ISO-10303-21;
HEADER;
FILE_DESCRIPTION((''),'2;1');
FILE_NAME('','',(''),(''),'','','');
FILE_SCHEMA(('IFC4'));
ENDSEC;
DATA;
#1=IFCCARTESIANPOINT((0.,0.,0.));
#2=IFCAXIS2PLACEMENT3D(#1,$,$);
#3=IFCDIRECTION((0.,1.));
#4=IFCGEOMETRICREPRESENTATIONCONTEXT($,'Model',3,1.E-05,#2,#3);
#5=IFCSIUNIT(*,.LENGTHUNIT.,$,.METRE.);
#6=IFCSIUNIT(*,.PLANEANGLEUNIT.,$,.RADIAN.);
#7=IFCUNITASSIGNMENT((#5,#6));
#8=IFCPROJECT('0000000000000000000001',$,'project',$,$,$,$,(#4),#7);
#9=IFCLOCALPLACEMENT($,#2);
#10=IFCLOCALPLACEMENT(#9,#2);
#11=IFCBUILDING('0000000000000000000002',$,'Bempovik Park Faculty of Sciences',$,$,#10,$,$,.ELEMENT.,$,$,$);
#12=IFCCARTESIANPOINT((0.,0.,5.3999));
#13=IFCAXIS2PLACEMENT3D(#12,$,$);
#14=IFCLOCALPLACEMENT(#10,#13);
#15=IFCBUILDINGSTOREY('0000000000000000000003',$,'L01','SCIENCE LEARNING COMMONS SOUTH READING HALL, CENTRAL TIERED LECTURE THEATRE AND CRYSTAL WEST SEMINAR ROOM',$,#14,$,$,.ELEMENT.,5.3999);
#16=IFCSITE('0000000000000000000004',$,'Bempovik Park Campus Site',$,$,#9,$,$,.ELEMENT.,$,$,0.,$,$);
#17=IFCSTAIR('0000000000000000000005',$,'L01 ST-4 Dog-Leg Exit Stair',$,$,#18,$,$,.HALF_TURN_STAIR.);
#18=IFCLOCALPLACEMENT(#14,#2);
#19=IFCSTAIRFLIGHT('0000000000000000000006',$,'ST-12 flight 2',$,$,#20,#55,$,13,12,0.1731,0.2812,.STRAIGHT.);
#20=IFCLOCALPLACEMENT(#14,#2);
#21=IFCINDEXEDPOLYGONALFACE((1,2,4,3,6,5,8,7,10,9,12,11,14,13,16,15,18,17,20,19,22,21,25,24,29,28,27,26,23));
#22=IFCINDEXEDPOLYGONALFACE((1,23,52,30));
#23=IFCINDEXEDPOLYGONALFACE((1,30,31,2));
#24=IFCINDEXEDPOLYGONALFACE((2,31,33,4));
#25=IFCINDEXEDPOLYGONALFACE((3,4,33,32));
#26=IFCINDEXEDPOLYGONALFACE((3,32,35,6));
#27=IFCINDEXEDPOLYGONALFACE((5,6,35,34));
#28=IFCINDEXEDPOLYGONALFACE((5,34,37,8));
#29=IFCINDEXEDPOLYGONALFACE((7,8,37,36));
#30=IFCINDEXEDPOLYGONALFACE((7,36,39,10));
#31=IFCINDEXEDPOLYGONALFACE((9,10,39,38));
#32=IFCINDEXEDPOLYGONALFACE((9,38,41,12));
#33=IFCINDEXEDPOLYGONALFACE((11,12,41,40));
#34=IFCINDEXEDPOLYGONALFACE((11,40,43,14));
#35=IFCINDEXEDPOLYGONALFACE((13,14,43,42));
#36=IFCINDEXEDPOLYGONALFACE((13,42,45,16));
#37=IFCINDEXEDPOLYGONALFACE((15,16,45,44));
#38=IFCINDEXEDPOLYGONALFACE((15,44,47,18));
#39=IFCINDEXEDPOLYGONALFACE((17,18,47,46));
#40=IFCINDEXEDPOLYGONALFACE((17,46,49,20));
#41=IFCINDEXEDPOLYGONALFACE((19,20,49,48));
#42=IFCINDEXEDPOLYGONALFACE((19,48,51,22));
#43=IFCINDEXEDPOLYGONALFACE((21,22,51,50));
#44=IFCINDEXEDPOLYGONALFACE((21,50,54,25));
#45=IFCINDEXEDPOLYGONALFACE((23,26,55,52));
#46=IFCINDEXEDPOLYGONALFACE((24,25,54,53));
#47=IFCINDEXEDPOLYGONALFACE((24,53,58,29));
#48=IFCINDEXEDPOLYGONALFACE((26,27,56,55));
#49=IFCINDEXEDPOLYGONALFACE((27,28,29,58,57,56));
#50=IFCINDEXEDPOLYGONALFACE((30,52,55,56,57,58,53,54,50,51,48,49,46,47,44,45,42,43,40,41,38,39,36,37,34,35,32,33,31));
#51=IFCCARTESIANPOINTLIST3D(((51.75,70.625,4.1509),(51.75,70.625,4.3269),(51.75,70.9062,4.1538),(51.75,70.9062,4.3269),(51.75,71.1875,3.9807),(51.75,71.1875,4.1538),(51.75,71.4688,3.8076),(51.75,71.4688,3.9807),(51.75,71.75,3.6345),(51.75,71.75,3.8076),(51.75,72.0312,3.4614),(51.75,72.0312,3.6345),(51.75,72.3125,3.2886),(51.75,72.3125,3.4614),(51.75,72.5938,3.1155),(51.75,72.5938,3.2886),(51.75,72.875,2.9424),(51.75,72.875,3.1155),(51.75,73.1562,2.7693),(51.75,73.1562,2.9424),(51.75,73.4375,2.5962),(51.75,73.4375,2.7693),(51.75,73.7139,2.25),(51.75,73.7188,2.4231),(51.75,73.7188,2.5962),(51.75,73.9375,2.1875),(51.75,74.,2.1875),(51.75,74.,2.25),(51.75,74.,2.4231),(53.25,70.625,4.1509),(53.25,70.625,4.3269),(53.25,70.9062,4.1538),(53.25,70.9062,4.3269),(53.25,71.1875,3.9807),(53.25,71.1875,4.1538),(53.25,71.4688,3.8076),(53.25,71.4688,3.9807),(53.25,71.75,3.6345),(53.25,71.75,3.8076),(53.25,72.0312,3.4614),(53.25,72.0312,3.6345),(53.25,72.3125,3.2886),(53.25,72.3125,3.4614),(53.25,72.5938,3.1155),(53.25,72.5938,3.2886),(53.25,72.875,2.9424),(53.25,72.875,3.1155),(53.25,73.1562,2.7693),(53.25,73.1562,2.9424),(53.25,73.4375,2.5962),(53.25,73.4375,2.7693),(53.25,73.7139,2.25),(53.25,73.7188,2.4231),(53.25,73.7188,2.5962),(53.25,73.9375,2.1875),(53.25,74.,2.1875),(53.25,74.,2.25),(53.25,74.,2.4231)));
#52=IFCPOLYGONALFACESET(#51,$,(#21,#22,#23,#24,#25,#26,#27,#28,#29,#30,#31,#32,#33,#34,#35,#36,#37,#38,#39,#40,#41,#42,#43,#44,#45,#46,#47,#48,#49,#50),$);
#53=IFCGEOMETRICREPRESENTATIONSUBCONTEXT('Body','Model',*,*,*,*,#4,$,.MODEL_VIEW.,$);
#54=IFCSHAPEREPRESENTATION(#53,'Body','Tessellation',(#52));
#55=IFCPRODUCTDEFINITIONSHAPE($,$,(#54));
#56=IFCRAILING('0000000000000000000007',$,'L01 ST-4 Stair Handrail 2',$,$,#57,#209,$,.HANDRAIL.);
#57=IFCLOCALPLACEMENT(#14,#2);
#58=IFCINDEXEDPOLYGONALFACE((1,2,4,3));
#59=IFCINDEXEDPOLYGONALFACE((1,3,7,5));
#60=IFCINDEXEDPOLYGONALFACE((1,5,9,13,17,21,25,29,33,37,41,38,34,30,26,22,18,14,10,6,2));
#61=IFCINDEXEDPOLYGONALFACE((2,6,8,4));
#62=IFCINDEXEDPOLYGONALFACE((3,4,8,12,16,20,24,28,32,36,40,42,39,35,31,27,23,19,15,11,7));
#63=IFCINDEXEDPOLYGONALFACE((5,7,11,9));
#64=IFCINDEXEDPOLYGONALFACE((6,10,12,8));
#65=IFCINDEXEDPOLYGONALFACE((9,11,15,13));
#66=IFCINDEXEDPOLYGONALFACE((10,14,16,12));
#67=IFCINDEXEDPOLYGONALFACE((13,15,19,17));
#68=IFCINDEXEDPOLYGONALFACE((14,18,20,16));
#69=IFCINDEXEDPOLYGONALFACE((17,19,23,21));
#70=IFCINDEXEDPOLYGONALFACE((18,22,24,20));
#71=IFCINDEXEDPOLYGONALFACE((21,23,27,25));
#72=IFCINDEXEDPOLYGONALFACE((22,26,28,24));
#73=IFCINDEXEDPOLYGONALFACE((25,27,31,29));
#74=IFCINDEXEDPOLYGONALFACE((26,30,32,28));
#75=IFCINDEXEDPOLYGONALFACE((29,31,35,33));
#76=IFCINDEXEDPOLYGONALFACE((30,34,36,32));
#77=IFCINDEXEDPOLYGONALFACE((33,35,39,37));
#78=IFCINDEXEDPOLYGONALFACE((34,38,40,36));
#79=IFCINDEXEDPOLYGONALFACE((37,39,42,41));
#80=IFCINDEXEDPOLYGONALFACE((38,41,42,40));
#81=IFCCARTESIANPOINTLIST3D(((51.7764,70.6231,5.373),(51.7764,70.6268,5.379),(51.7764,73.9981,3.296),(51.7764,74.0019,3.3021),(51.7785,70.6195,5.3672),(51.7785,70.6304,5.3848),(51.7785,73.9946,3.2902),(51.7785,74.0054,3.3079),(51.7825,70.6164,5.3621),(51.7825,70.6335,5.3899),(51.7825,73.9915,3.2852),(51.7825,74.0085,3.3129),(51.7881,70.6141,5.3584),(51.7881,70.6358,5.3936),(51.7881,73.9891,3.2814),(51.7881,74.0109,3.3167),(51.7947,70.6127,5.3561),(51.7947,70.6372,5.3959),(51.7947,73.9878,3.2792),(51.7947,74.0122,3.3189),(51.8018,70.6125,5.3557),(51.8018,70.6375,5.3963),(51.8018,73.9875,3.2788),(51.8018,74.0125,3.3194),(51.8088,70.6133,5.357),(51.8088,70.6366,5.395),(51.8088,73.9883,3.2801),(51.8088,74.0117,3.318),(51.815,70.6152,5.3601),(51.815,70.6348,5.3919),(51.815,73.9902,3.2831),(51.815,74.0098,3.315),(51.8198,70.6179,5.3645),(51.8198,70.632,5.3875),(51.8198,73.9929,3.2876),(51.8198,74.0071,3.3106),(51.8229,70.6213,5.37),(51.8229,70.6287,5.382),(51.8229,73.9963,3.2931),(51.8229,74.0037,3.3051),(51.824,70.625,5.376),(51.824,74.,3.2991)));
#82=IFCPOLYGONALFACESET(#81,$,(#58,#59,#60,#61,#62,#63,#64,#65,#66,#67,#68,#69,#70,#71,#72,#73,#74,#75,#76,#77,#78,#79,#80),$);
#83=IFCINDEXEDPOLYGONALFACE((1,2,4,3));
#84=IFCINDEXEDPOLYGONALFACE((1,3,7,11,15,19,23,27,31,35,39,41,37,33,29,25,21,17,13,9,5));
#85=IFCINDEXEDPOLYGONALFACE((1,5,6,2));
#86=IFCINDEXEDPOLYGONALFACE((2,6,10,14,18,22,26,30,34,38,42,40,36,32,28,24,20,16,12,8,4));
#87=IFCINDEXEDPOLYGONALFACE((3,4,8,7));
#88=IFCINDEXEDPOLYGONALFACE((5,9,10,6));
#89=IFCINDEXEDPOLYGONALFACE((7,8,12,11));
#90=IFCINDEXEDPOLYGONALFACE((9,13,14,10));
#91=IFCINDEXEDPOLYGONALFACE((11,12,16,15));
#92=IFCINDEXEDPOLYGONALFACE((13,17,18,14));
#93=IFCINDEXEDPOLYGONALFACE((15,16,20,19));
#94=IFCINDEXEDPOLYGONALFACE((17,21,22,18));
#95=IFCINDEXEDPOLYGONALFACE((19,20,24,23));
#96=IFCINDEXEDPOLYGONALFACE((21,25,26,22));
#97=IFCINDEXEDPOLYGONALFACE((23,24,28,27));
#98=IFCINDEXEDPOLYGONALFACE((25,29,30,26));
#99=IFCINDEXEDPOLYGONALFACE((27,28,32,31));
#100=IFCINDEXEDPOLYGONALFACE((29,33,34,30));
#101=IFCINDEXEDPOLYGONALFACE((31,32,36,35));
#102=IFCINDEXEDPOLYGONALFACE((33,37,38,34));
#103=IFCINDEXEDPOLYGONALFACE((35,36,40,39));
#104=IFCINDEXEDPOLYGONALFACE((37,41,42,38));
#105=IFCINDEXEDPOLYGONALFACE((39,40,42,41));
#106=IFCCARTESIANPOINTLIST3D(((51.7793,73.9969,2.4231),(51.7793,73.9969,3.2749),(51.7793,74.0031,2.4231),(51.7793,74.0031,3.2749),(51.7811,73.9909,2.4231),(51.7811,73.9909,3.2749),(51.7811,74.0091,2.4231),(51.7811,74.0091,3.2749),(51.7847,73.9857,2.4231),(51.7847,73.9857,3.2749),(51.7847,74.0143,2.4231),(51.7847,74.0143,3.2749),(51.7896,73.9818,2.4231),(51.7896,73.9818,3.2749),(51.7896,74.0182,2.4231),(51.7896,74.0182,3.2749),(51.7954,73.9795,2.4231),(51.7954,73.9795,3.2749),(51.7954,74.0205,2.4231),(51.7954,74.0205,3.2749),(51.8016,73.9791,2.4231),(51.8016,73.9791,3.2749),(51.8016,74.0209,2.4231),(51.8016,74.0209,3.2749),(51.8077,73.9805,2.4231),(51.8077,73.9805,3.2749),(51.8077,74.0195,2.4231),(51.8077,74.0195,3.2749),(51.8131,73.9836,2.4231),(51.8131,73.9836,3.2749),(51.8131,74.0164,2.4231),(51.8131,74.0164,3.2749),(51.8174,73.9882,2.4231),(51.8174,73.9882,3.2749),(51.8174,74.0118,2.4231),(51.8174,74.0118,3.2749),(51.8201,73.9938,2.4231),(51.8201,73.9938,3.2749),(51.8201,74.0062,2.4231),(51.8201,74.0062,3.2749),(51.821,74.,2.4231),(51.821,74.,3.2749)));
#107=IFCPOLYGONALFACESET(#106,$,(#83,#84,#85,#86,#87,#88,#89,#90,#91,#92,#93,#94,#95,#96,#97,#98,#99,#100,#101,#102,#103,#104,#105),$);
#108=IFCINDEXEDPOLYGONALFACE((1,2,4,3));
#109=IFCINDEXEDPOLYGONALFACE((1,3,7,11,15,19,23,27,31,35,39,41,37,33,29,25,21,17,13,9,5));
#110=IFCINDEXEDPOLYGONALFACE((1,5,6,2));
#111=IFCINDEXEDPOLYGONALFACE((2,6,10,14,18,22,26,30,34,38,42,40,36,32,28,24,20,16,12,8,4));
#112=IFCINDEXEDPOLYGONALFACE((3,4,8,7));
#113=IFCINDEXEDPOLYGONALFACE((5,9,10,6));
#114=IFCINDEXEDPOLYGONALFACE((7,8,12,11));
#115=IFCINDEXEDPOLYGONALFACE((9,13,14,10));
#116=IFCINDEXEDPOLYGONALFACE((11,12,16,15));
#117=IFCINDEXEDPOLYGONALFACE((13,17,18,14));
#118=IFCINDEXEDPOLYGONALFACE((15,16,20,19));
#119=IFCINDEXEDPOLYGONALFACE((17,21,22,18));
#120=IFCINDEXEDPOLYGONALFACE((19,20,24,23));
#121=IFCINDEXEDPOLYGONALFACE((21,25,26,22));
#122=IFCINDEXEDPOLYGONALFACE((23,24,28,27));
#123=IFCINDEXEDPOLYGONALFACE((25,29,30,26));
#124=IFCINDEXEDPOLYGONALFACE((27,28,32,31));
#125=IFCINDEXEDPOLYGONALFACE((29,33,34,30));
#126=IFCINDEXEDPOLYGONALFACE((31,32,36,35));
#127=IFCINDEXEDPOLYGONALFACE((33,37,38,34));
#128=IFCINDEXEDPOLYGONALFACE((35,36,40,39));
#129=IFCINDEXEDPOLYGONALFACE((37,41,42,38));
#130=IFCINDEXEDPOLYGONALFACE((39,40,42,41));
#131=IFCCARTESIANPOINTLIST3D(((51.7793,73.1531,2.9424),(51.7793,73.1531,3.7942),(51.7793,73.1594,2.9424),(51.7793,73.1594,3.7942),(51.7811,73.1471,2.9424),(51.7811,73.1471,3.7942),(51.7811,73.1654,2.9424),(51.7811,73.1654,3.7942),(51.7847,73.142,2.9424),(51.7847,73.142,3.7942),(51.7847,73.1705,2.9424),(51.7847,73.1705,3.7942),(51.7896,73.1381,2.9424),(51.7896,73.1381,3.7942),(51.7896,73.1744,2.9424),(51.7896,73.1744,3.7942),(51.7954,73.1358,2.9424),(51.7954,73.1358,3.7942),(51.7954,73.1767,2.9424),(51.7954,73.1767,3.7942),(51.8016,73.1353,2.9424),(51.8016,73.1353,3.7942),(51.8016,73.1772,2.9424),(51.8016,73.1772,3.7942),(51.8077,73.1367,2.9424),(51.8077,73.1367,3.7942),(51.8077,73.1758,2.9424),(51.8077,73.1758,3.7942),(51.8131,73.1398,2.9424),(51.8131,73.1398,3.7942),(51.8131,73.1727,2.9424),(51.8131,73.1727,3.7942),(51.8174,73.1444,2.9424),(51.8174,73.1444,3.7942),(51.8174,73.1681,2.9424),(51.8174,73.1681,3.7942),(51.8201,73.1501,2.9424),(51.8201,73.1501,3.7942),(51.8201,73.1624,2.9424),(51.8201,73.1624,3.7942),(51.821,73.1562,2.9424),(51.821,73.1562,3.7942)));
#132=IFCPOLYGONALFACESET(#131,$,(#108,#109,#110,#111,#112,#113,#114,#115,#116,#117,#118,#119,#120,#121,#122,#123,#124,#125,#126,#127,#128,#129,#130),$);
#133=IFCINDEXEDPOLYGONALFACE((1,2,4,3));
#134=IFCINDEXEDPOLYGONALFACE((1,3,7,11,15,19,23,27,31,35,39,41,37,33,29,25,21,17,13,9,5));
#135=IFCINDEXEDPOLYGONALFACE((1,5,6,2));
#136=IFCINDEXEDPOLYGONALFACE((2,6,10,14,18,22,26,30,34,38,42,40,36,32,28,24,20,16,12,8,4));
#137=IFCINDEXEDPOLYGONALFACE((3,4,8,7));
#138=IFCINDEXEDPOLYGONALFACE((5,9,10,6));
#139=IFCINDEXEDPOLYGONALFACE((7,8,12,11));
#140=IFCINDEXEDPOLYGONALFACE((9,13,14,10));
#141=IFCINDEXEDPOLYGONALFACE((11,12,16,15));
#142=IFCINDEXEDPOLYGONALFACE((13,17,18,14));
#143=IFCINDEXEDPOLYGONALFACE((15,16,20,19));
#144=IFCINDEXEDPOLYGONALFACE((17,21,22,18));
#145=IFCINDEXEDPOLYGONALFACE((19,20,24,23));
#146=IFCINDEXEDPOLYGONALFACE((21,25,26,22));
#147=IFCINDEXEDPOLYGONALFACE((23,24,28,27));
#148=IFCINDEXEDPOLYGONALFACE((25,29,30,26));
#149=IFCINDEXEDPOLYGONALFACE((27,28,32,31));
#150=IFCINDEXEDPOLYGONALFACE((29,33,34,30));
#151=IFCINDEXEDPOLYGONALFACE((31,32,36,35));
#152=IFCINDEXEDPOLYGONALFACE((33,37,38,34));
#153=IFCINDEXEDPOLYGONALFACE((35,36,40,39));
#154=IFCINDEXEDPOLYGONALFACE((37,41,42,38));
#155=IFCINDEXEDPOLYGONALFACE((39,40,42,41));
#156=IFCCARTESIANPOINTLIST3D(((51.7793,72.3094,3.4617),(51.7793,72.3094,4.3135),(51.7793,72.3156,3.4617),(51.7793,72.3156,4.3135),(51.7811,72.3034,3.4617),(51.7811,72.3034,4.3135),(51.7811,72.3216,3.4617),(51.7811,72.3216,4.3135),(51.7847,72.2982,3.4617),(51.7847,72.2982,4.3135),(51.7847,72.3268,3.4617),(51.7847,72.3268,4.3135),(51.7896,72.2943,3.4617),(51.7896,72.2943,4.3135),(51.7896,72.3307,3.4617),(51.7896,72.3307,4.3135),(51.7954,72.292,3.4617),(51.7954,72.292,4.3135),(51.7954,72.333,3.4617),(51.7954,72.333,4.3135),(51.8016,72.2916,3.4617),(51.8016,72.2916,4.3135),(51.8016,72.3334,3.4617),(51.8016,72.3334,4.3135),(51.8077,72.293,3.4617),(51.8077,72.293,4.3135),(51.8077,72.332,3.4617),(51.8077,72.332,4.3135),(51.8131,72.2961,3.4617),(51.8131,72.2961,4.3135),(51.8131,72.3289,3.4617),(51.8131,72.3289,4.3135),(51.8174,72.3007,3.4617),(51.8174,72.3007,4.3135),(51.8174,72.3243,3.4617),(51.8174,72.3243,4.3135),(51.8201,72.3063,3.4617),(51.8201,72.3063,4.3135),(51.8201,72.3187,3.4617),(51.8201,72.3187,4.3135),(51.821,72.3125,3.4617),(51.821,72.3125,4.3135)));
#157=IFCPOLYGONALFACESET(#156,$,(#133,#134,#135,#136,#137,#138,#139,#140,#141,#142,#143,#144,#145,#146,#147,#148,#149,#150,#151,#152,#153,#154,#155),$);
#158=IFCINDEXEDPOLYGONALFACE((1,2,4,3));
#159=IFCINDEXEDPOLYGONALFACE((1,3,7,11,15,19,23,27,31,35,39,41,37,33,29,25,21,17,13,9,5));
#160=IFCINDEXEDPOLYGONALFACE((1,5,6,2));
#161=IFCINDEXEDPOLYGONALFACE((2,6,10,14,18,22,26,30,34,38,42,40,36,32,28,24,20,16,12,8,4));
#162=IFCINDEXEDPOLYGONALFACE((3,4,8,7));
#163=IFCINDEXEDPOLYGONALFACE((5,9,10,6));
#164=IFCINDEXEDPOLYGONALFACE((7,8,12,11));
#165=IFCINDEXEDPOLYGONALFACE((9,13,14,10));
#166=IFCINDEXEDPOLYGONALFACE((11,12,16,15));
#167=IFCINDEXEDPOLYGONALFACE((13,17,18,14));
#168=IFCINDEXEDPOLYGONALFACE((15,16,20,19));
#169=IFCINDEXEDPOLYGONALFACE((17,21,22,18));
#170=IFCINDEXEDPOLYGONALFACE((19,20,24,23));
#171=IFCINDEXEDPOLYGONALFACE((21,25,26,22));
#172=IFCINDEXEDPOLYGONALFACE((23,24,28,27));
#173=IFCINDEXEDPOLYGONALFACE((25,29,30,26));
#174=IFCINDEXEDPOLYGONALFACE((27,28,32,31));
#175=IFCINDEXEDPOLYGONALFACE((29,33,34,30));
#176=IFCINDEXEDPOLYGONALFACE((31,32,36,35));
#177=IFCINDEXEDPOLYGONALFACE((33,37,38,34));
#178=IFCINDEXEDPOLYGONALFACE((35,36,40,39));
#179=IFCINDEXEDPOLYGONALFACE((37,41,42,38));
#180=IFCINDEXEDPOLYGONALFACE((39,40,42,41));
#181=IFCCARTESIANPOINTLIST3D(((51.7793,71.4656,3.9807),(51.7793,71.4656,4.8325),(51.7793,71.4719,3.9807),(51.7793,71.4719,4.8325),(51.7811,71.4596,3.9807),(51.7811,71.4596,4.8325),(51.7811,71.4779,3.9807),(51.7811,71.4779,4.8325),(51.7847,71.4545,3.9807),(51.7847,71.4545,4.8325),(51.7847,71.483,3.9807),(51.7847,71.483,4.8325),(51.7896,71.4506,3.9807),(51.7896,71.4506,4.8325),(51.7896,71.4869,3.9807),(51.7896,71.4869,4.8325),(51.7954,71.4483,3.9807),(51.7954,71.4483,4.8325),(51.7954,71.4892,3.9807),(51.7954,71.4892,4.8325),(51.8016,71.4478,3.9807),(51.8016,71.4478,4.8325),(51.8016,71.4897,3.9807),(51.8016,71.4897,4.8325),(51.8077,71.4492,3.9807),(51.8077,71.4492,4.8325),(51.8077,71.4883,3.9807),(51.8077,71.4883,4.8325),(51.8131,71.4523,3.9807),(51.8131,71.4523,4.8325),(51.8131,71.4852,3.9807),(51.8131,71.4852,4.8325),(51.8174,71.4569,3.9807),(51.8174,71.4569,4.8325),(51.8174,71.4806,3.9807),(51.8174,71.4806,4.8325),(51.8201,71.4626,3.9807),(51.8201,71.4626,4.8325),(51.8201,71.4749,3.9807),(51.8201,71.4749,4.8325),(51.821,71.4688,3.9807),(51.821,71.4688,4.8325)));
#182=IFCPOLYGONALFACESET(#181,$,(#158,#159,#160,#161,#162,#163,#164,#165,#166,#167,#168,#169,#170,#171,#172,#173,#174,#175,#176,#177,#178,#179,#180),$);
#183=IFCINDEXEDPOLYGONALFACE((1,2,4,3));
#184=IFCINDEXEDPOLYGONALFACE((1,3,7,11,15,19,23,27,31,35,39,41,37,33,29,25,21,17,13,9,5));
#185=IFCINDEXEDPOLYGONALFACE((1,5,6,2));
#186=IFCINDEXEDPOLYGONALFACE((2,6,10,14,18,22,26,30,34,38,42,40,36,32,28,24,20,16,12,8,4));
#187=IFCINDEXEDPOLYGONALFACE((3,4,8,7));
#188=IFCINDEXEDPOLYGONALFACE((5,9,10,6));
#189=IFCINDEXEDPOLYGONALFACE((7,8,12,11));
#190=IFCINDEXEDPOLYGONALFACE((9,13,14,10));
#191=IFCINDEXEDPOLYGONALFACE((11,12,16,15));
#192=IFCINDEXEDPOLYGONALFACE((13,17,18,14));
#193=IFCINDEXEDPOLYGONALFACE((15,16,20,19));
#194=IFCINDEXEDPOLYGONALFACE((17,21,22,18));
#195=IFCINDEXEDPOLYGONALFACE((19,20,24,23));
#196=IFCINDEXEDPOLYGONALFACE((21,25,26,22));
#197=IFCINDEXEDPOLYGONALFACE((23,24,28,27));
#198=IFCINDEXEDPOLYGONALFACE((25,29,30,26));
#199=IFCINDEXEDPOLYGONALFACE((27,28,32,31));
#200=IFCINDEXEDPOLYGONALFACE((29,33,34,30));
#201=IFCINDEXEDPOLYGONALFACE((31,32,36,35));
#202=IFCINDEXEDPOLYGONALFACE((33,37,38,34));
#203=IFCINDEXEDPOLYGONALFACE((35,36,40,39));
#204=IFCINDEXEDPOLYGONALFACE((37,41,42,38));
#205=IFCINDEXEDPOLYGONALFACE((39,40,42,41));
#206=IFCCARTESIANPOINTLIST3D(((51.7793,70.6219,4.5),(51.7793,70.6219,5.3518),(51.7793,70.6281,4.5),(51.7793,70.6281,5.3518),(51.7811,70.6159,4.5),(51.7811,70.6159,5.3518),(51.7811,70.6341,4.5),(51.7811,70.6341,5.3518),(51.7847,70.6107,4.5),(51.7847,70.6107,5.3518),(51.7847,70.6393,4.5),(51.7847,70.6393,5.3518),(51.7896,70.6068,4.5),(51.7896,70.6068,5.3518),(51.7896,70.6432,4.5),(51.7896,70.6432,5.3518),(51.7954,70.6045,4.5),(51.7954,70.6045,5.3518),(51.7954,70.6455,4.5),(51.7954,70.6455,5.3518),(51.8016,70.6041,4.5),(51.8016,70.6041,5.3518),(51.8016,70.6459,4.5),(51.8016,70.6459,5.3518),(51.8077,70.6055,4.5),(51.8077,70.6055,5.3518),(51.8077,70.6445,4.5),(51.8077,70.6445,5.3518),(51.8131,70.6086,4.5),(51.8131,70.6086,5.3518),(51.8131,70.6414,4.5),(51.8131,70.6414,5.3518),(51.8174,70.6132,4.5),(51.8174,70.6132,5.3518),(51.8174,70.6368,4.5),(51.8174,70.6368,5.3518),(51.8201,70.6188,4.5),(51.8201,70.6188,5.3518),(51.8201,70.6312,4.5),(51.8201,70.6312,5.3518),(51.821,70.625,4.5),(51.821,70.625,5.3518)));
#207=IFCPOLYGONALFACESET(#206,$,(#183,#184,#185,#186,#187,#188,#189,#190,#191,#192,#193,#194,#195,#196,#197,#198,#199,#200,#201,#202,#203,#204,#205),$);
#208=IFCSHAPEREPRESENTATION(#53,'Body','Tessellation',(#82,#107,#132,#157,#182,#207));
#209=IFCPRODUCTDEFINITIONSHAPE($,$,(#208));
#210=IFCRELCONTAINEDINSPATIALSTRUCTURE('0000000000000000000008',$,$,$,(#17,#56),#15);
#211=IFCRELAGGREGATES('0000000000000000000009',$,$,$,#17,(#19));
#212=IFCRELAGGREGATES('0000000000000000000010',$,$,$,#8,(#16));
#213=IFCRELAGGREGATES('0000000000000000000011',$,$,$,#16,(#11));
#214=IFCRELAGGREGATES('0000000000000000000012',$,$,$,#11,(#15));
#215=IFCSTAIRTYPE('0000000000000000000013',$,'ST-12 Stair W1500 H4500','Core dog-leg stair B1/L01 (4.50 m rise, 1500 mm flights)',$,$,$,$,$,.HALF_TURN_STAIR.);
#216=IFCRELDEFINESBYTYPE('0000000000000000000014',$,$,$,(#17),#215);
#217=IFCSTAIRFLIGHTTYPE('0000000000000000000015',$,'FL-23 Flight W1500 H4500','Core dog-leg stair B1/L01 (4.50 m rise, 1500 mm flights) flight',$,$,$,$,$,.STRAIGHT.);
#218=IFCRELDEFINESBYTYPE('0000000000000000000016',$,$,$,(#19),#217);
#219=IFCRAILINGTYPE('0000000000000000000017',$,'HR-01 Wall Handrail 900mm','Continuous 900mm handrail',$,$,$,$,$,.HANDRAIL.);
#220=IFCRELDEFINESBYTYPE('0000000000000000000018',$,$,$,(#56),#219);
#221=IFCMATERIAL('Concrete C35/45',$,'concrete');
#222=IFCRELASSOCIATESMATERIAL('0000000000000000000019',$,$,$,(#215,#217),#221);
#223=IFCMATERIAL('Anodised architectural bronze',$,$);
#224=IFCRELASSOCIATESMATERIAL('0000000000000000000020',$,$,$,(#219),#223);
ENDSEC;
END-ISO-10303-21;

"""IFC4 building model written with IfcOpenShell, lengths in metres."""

from ifc_helpers import new_model, si_unit, direction, frame, origin, origin_2d, place, context, subcontext, project, spatial, polyline, circle, outline, extrude, material, type_object, element, aggregate, save


model = new_model("IFC4")

# Units and contexts
model_context = context("Model", 3, precision=1e-05, world=origin(), true_north=direction((0.0, 1.0)))
body_context = subcontext(model_context, "Body", "Model", "MODEL_VIEW")
ifc_project = project(units=[si_unit("LENGTHUNIT", "METRE"), si_unit("PLANEANGLEUNIT", "RADIAN")], contexts=[model_context])

# Site, building, storey
site_placement = place(None, origin())
site = spatial("IfcSite", under=ifc_project, at=site_placement, Name="Bempovik Park Campus Site", CompositionType="ELEMENT", RefElevation=0.0)
building_placement = place(site_placement, origin())
building = spatial("IfcBuilding", under=site, at=building_placement, Name="Bempovik Park Faculty of Sciences", CompositionType="ELEMENT")
storey_placement = place(building_placement, frame((0.0, 0.0, 5.3999)))
storey = spatial("IfcBuildingStorey", under=building, at=storey_placement, Name="L01", Description="SCIENCE LEARNING COMMONS SOUTH READING HALL, CENTRAL TIERED LECTURE THEATRE AND CRYSTAL WEST SEMINAR ROOM", CompositionType="ELEMENT", Elevation=5.3999)

# Shared definitions
ifc_material_1 = material(Name="Concrete C35/45", Category="concrete")

# Shared definitions
ifc_material_2 = material(Name="Anodised architectural bronze")

# Stair, stair flight
stair_type = type_object("IfcStairType", Name="ST-12 Stair W1500 H4500", Description="Core dog-leg stair B1/L01 (4.50 m rise, 1500 mm flights)", PredefinedType="HALF_TURN_STAIR", material=ifc_material_1)
stair_placement = place(storey_placement, origin())
stair = element("IfcStair", 1, at=stair_placement, inside=storey, type_object=stair_type, Name="L01 ST-4 Dog-Leg Exit Stair", PredefinedType="HALF_TURN_STAIR")
stair_flight_type = type_object("IfcStairFlightType", Name="FL-23 Flight W1500 H4500", Description="Core dog-leg stair B1/L01 (4.50 m rise, 1500 mm flights) flight", PredefinedType="STRAIGHT", material=ifc_material_1)
stair_flight_placement = place(storey_placement, frame((52.5, 74.0, 2.25), z_axis=(0.0, 0.0, 1.0), x_axis=(0.0, -1.0, 0.0)))
stair_flight = element("IfcStairFlight", 2, at=stair_flight_placement, type_object=stair_flight_type, Name="ST-12 flight 2", NumberOfRisers=13, NumberOfTreads=12, PredefinedType="STRAIGHT", RiserHeight=0.1731, TreadLength=0.2812, context=body_context, shape_type="SweptSolid", body=[
    extrude(outline(polyline([(0.0, 0.0), (0.0, 0.1731), (0.2812, 0.1731), (0.2812, 0.3462), (0.5625, 0.3462), (0.5625, 0.5193), (0.8438, 0.5193), (0.8438, 0.6924), (1.125, 0.6924), (1.125, 0.8655), (1.4062, 0.8655), (1.4062, 1.0386), (1.6875, 1.0386), (1.6875, 1.2114), (1.9688, 1.2114), (1.9688, 1.3845), (2.25, 1.3845), (2.25, 1.5576), (2.5312, 1.5576), (2.5312, 1.7307), (2.8125, 1.7307), (2.8125, 1.9038), (3.0938, 1.9038), (3.0938, 2.0769), (3.375, 2.0769), (3.375, 2.25), (3.375, 1.9009), (0.2861, 0.0), (0.0625, -0.0625), (0.0, -0.0625), (0.0, 0.0)])), frame((0.0, 0.75, 0.0), z_axis=(0.0, -1.0, 0.0), x_axis=(1.0, 0.0, 0.0)), (0.0, 0.0, 1.0), 1.5),
])
aggregate(stair, [stair_flight])

# Railing
railing_type = type_object("IfcRailingType", Name="HR-01 Wall Handrail 900mm", Description="Continuous 900mm handrail", PredefinedType="HANDRAIL", material=ifc_material_2)
railing_placement = place(storey_placement, frame((51.8, 74.0, 2.4231)))
element("IfcRailing", 3, at=railing_placement, inside=storey, type_object=railing_type, Name="L01 ST-4 Stair Handrail 2", PredefinedType="HANDRAIL", context=body_context, shape_type="SweptSolid", body=[
    extrude(circle(Radius=0.0239, at=origin_2d()), frame((0.0, 0.0, 0.876), z_axis=(0.0, -0.85166, 0.524094), x_axis=(1.0, 0.0, 0.0)), (0.0, 0.0, 1.0), 3.9629),
    extrude(circle(Radius=0.021, at=origin_2d()), origin(), (0.0, 0.0, 1.0), 0.8518),
    extrude(circle(Radius=0.021, at=origin_2d()), frame((0.0, -0.8438, 0.5193)), (0.0, 0.0, 1.0), 0.8518),
    extrude(circle(Radius=0.021, at=origin_2d()), frame((0.0, -1.6875, 1.0386)), (0.0, 0.0, 1.0), 0.8518),
    extrude(circle(Radius=0.021, at=origin_2d()), frame((0.0, -2.5312, 1.5576)), (0.0, 0.0, 1.0), 0.8518),
    extrude(circle(Radius=0.021, at=origin_2d()), frame((0.0, -3.375, 2.0769)), (0.0, 0.0, 1.0), 0.8518),
])

save(model, "model.ifc")
